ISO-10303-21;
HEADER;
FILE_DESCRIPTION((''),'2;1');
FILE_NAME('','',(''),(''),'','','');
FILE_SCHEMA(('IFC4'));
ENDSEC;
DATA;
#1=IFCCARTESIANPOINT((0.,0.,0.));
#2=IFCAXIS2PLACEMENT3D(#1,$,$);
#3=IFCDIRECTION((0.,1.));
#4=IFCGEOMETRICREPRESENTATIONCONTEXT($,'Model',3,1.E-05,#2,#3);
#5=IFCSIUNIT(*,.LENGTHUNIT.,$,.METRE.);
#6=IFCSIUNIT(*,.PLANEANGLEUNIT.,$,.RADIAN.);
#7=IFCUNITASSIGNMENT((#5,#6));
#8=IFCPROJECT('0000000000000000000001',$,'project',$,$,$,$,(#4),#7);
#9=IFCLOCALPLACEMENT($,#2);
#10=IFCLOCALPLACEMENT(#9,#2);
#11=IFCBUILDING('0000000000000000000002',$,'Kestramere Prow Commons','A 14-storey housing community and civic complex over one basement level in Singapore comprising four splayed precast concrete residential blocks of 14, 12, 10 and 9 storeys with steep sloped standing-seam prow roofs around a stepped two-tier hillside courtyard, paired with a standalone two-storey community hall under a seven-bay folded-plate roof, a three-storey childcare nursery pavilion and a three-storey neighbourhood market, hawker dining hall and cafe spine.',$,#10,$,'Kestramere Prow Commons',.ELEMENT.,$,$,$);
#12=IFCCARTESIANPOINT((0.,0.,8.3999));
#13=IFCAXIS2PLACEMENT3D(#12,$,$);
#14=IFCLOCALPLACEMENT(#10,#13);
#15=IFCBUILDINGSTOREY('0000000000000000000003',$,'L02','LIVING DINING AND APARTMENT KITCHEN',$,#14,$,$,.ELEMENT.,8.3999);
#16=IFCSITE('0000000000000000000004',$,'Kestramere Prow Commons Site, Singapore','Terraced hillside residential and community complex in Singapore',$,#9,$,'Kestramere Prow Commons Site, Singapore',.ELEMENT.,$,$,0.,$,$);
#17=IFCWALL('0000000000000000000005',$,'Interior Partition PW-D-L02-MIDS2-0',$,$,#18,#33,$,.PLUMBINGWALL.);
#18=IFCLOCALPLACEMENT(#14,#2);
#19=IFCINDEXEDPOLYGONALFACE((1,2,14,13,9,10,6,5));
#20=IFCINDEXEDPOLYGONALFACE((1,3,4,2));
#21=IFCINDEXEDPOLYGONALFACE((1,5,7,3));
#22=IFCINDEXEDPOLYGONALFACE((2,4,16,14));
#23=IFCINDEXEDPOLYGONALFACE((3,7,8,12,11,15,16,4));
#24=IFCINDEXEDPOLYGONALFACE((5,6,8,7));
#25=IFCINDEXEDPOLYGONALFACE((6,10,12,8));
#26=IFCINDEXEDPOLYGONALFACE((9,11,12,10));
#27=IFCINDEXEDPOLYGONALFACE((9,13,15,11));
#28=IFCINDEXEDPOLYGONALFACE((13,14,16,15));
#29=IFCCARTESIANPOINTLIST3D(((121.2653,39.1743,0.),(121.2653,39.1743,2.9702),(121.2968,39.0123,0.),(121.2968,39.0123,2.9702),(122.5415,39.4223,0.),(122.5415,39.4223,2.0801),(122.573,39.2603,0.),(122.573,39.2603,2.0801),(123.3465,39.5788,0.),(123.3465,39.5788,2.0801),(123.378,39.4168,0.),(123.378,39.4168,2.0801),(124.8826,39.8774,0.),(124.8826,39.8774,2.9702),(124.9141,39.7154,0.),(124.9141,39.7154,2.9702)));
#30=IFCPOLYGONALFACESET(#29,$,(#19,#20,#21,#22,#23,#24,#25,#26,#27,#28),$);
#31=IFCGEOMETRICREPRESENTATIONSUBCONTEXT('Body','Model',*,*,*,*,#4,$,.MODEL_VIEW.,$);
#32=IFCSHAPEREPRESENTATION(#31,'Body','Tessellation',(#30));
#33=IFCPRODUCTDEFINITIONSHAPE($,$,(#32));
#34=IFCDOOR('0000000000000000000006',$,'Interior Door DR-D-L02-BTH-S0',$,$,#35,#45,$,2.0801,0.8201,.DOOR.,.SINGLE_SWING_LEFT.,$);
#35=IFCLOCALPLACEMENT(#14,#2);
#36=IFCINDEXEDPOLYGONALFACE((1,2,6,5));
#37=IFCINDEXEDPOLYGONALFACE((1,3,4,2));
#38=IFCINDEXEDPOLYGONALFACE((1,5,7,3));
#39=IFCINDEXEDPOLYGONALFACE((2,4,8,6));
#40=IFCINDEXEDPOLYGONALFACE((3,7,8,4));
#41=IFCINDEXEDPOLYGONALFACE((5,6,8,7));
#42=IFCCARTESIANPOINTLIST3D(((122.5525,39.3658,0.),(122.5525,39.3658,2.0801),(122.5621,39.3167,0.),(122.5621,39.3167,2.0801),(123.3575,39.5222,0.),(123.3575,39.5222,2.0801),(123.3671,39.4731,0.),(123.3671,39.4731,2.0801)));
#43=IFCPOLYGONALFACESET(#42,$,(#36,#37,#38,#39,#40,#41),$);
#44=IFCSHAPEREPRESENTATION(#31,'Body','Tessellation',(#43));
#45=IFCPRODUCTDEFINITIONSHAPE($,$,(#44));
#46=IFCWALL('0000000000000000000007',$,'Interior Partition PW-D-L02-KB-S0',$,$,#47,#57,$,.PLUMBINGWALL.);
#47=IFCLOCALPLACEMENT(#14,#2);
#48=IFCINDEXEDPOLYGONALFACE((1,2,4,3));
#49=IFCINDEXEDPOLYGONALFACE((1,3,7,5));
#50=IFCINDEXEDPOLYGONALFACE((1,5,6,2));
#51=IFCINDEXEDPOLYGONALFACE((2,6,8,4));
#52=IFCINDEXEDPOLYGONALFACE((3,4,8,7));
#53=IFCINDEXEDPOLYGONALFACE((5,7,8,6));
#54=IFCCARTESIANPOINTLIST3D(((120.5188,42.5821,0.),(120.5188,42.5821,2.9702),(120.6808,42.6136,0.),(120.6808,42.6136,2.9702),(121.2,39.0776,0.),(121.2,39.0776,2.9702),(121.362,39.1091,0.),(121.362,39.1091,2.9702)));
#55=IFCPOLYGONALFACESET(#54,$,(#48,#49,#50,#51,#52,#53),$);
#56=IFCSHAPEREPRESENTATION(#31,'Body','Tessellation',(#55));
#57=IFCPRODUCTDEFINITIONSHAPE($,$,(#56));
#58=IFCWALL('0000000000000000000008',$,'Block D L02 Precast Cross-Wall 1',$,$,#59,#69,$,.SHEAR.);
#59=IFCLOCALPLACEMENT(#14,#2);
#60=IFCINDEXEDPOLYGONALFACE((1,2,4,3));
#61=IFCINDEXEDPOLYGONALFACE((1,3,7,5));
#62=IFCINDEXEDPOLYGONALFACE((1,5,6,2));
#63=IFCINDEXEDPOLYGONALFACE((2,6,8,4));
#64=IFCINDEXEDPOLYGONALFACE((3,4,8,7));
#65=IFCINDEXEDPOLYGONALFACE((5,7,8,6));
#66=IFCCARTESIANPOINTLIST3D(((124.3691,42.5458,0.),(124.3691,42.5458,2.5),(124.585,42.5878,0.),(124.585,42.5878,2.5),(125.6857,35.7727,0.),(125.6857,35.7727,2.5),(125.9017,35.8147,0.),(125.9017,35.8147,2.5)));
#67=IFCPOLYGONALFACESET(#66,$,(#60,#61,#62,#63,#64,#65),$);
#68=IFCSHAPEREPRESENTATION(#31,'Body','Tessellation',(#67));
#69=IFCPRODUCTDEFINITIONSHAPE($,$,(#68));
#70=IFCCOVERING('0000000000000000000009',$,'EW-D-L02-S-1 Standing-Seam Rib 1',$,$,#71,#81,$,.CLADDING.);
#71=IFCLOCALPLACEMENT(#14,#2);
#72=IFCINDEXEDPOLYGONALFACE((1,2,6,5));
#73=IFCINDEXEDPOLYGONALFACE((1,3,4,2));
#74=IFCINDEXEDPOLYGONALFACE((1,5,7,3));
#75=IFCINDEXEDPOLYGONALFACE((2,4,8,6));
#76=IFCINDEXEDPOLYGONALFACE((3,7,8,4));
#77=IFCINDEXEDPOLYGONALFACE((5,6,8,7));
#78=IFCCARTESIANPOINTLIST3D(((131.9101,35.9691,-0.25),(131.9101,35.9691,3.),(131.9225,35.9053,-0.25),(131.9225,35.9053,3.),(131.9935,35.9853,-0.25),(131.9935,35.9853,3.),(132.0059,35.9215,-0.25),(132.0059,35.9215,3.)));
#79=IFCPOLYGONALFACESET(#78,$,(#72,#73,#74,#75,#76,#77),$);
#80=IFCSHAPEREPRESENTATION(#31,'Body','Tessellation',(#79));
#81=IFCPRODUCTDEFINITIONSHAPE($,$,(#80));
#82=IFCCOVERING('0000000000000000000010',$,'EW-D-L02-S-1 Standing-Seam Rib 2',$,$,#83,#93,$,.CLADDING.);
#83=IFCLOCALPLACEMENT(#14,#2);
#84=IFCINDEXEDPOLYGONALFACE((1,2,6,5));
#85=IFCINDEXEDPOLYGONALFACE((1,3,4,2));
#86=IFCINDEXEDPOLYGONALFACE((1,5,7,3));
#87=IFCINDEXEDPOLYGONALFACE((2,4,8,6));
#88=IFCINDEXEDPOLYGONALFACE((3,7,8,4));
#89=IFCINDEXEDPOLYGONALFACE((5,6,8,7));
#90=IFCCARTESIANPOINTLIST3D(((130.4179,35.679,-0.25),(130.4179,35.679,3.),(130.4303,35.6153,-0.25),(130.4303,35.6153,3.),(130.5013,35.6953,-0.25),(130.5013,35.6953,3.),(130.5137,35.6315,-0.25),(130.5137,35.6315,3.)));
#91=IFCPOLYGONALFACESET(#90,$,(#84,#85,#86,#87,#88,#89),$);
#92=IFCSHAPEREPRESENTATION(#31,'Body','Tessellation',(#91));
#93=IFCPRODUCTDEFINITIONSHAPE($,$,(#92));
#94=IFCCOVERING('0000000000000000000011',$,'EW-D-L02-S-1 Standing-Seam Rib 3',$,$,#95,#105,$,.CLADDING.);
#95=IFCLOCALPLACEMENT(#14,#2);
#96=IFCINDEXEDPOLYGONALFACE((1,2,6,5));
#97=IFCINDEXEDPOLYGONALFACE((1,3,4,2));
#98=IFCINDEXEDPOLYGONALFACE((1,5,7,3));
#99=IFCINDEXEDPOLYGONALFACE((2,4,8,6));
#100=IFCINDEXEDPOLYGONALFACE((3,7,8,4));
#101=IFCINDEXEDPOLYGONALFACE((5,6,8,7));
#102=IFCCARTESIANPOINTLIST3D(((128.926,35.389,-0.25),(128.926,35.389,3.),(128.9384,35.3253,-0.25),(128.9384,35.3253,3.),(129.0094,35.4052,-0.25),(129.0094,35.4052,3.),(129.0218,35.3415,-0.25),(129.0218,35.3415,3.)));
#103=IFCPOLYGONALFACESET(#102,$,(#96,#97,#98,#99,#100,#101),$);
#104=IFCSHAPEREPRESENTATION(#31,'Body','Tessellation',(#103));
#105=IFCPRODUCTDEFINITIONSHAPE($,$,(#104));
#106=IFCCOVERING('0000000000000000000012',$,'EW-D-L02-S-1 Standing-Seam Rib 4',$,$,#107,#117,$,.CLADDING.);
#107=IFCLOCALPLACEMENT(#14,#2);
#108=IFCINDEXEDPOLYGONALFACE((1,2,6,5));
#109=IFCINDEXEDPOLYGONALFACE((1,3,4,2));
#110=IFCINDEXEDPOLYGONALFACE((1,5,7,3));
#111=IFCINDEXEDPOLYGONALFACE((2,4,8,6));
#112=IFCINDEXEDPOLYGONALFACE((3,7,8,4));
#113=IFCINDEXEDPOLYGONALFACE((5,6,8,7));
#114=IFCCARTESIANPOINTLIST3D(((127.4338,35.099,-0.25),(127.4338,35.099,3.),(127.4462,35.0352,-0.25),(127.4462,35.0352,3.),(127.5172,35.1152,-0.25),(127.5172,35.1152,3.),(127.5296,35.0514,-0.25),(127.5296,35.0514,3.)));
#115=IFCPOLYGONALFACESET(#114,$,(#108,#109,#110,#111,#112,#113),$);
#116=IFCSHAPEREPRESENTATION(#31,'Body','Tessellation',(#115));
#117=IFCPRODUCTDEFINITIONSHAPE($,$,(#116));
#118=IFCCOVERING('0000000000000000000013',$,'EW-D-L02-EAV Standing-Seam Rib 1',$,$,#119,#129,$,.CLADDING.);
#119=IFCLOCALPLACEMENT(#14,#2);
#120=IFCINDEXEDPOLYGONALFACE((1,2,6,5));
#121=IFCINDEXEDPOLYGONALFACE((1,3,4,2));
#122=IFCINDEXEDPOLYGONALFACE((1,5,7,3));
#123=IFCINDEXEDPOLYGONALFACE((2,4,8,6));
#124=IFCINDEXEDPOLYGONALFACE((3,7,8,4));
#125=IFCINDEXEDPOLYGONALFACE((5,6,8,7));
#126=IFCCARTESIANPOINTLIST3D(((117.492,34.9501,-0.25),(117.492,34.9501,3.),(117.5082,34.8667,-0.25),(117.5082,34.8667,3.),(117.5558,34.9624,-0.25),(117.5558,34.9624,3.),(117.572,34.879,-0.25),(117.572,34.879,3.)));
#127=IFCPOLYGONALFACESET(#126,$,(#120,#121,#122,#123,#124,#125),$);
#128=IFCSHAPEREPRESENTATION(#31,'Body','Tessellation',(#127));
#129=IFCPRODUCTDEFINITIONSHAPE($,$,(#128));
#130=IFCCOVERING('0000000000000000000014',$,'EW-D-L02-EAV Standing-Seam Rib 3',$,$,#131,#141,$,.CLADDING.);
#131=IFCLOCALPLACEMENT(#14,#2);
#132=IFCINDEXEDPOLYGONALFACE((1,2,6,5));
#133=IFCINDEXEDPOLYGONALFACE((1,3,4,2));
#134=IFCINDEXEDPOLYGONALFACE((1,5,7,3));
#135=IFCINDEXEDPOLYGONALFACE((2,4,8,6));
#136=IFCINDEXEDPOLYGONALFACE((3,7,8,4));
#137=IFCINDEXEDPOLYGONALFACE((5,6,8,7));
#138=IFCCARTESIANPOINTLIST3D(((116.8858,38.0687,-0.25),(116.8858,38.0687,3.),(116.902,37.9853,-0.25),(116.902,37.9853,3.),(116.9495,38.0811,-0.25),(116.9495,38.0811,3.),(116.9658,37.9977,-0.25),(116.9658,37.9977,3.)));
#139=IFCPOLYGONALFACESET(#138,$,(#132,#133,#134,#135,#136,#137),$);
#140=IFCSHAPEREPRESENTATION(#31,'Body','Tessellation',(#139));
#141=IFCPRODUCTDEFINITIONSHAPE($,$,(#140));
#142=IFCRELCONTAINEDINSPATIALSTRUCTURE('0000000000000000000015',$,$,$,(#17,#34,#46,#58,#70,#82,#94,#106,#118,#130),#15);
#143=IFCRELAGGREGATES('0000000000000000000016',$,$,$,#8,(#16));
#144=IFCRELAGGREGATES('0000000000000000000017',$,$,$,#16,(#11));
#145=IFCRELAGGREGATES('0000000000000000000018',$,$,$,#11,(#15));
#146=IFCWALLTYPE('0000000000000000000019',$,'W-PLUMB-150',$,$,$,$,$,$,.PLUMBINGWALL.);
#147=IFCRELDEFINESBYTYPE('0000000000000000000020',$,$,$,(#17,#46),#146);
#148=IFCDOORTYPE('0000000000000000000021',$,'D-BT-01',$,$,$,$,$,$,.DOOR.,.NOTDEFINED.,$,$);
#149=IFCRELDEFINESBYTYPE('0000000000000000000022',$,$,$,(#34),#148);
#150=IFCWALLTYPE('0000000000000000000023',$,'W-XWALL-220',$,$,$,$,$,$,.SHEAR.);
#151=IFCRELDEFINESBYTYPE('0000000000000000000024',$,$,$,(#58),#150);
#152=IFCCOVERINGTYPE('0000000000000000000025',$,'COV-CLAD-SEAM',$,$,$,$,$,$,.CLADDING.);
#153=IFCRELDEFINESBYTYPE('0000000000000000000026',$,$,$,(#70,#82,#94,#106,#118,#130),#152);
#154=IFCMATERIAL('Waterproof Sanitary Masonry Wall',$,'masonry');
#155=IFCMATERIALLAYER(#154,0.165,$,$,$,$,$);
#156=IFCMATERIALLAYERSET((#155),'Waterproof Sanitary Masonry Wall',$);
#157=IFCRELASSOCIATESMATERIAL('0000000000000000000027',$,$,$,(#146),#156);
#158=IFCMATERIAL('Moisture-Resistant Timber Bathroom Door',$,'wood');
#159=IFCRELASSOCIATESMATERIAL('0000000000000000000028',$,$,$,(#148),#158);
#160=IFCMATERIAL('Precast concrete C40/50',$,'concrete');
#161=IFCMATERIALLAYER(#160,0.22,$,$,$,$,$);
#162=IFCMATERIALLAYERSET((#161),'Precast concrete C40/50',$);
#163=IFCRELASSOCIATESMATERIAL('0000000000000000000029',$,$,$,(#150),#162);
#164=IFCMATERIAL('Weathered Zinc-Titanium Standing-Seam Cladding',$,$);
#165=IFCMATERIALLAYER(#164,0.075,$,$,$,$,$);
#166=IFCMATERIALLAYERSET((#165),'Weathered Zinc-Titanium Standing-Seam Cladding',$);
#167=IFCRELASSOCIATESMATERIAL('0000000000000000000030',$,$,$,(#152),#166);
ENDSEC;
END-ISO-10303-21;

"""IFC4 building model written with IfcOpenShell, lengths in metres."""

from ifc_helpers import new_model, si_unit, direction, frame, frame_2d, origin, origin_2d, place, context, subcontext, project, spatial, rectangle, extrude, material, layer, layer_set, type_object, element, fill, save


model = new_model("IFC4")

# Units and contexts
model_context = context("Model", 3, precision=1e-05, world=origin(), true_north=direction((0.0, 1.0)))
body_context = subcontext(model_context, "Body", "Model", "MODEL_VIEW")
ifc_project = project(units=[si_unit("LENGTHUNIT", "METRE"), si_unit("PLANEANGLEUNIT", "RADIAN")], contexts=[model_context])

# Site, building, storey
site_placement = place(None, origin())
site = spatial("IfcSite", under=ifc_project, at=site_placement, Name="Kestramere Prow Commons Site, Singapore", Description="Terraced hillside residential and community complex in Singapore", LongName="Kestramere Prow Commons Site, Singapore", CompositionType="ELEMENT", RefElevation=0.0)
building_placement = place(site_placement, origin())
building = spatial("IfcBuilding", under=site, at=building_placement, Name="Kestramere Prow Commons", Description="A 14-storey housing community and civic complex over one basement level in Singapore comprising four splayed precast concrete residential blocks of 14, 12, 10 and 9 storeys with steep sloped standing-seam prow roofs around a stepped two-tier hillside courtyard, paired with a standalone two-storey community hall under a seven-bay folded-plate roof, a three-storey childcare nursery pavilion and a three-storey neighbourhood market, hawker dining hall and cafe spine.", LongName="Kestramere Prow Commons", CompositionType="ELEMENT")
storey_placement = place(building_placement, frame((0.0, 0.0, 8.3999)))
storey = spatial("IfcBuildingStorey", under=building, at=storey_placement, Name="L02", Description="LIVING DINING AND APARTMENT KITCHEN", CompositionType="ELEMENT", Elevation=8.3999)

# Shared definitions
ifc_material_1 = material(Name="Precast concrete C40/50", Category="concrete")

# Wall, opening, door
ifc_material_2 = material(Name="Waterproof Sanitary Masonry Wall", Category="masonry")
ifc_layer_1 = layer(ifc_material_2, 0.165)
ifc_layer_set_1 = layer_set([ifc_layer_1], Name="Waterproof Sanitary Masonry Wall")
wall_type_1 = type_object("IfcWallType", Name="W-PLUMB-150", PredefinedType="PLUMBINGWALL", material=ifc_layer_set_1)
wall_1_placement = place(storey_placement, frame((121.281, 39.0933, 0.0), z_axis=(0.0, 0.0, 1.0), x_axis=(0.981629, 0.190801, 0.0)))
wall_1 = element("IfcWall", 1, at=wall_1_placement, inside=storey, type_object=wall_type_1, Name="Interior Partition PW-D-L02-MIDS2-0", PredefinedType="PLUMBINGWALL", context=body_context, shape_type="SweptSolid", body=[
    extrude(rectangle(XDim=3.6851, YDim=0.165, at=frame_2d((1.8425, 0.0))), origin(), (0.0, 0.0, 1.0), 2.9702),
])
opening_1_placement = place(wall_1_placement, frame((1.3, 0.0, 0.0)))
opening_1 = element("IfcOpeningElement", 2, at=opening_1_placement, cuts=wall_1, PredefinedType="OPENING", context=body_context, shape_type="SweptSolid", body=[
    extrude(rectangle(XDim=0.8201, YDim=2.0801, at=frame_2d((0.4102, 1.04))), frame((0.0, 0.0974, 0.0), z_axis=(0.0, -1.0, 0.0), x_axis=(1.0, 0.0, 0.0)), (0.0, 0.0, 1.0), 0.1951),
])
ifc_material_3 = material(Name="Moisture-Resistant Timber Bathroom Door", Category="wood")
door_type_1 = type_object("IfcDoorType", Name="D-BT-01", OperationType="NOTDEFINED", PredefinedType="DOOR", material=ifc_material_3)
door_1_placement = place(opening_1_placement, origin())
door_1 = element("IfcDoor", 3, at=door_1_placement, inside=storey, type_object=door_type_1, Name="Interior Door DR-D-L02-BTH-S0", OperationType="SINGLE_SWING_LEFT", OverallHeight=2.0801, OverallWidth=0.8201, PredefinedType="DOOR", context=body_context, shape_type="SweptSolid", body=[
    extrude(rectangle(XDim=0.8201, YDim=2.0801, at=frame_2d((0.4102, 1.04))), frame((0.0, 0.0249, 0.0), z_axis=(0.0, -1.0, 0.0), x_axis=(1.0, 0.0, 0.0)), (0.0, 0.0, 1.0), 0.05),
])
fill(opening_1, door_1)

# Walls
wall_2_placement = place(storey_placement, frame((121.281, 39.0933, 0.0), z_axis=(0.0, 0.0, 1.0), x_axis=(-0.1908, 0.981629, 0.0)))
element("IfcWall", 4, at=wall_2_placement, inside=storey, type_object=wall_type_1, Name="Interior Partition PW-D-L02-KB-S0", PredefinedType="PLUMBINGWALL", context=body_context, shape_type="SweptSolid", body=[
    extrude(rectangle(XDim=3.5701, YDim=0.165, at=frame_2d((1.7852, 0.0))), origin(), (0.0, 0.0, 1.0), 2.9702),
])
ifc_layer_2 = layer(ifc_material_1, 0.22)
ifc_layer_set_2 = layer_set([ifc_layer_2], Name="Precast concrete C40/50")
wall_type_2 = type_object("IfcWallType", Name="W-XWALL-220", PredefinedType="SHEAR", material=ifc_layer_set_2)
wall_3_placement = place(storey_placement, frame((125.7937, 35.7937, 0.0), z_axis=(0.0, 0.0, 1.0), x_axis=(-0.190819, 0.981625, 0.0)))
element("IfcWall", 5, at=wall_3_placement, inside=storey, type_object=wall_type_2, Name="Block D L02 Precast Cross-Wall 1", PredefinedType="SHEAR", context=body_context, shape_type="SweptSolid", body=[
    extrude(rectangle(XDim=6.8999, YDim=0.22, at=frame_2d((3.45, 0.0))), origin(), (0.0, 0.0, 1.0), 2.5),
])

# Coverings
ifc_material_4 = material(Name="Weathered Zinc-Titanium Standing-Seam Cladding")
ifc_layer_3 = layer(ifc_material_4, 0.075)
ifc_layer_set_3 = layer_set([ifc_layer_3], Name="Weathered Zinc-Titanium Standing-Seam Cladding")
covering_type = type_object("IfcCoveringType", Name="COV-CLAD-SEAM", PredefinedType="CLADDING", material=ifc_layer_set_3)
for number, where, z_axis, x_axis, name in (
    (6, (131.958, 35.9453, -0.25), (0.0, 0.0, 1.0), (-0.981627, -0.190809, 0.0), "EW-D-L02-S-1 Standing-Seam Rib 1"),
    (7, (130.4658, 35.6553, -0.25), (0.0, 0.0, 1.0), (-0.981627, -0.190809, 0.0), "EW-D-L02-S-1 Standing-Seam Rib 2"),
    (8, (128.9739, 35.3652, -0.25), (0.0, 0.0, 1.0), (-0.981627, -0.190809, 0.0), "EW-D-L02-S-1 Standing-Seam Rib 3"),
    (9, (127.4817, 35.0752, -0.25), (0.0, 0.0, 1.0), (-0.981627, -0.190809, 0.0), "EW-D-L02-S-1 Standing-Seam Rib 4"),
    (10, (117.532, 34.9146, -0.25), (0.0, 0.0, 1.0), (-0.190809, 0.981627, 0.0), "EW-D-L02-EAV Standing-Seam Rib 1"),
    (11, (116.9258, 38.0332, -0.25), (0.0, 0.0, 1.0), (-0.190809, 0.981627, 0.0), "EW-D-L02-EAV Standing-Seam Rib 3"),
):
    element("IfcCovering", number, at=place(storey_placement, frame(where, z_axis=z_axis, x_axis=x_axis)), inside=storey, type_object=covering_type, Name=name, PredefinedType="CLADDING", context=body_context, shape_type="SweptSolid", body=[
        extrude(rectangle(XDim=0.085, YDim=0.0649, at=origin_2d()), origin(), (0.0, 0.0, 1.0), 3.25),
    ])

save(model, "model.ifc")
